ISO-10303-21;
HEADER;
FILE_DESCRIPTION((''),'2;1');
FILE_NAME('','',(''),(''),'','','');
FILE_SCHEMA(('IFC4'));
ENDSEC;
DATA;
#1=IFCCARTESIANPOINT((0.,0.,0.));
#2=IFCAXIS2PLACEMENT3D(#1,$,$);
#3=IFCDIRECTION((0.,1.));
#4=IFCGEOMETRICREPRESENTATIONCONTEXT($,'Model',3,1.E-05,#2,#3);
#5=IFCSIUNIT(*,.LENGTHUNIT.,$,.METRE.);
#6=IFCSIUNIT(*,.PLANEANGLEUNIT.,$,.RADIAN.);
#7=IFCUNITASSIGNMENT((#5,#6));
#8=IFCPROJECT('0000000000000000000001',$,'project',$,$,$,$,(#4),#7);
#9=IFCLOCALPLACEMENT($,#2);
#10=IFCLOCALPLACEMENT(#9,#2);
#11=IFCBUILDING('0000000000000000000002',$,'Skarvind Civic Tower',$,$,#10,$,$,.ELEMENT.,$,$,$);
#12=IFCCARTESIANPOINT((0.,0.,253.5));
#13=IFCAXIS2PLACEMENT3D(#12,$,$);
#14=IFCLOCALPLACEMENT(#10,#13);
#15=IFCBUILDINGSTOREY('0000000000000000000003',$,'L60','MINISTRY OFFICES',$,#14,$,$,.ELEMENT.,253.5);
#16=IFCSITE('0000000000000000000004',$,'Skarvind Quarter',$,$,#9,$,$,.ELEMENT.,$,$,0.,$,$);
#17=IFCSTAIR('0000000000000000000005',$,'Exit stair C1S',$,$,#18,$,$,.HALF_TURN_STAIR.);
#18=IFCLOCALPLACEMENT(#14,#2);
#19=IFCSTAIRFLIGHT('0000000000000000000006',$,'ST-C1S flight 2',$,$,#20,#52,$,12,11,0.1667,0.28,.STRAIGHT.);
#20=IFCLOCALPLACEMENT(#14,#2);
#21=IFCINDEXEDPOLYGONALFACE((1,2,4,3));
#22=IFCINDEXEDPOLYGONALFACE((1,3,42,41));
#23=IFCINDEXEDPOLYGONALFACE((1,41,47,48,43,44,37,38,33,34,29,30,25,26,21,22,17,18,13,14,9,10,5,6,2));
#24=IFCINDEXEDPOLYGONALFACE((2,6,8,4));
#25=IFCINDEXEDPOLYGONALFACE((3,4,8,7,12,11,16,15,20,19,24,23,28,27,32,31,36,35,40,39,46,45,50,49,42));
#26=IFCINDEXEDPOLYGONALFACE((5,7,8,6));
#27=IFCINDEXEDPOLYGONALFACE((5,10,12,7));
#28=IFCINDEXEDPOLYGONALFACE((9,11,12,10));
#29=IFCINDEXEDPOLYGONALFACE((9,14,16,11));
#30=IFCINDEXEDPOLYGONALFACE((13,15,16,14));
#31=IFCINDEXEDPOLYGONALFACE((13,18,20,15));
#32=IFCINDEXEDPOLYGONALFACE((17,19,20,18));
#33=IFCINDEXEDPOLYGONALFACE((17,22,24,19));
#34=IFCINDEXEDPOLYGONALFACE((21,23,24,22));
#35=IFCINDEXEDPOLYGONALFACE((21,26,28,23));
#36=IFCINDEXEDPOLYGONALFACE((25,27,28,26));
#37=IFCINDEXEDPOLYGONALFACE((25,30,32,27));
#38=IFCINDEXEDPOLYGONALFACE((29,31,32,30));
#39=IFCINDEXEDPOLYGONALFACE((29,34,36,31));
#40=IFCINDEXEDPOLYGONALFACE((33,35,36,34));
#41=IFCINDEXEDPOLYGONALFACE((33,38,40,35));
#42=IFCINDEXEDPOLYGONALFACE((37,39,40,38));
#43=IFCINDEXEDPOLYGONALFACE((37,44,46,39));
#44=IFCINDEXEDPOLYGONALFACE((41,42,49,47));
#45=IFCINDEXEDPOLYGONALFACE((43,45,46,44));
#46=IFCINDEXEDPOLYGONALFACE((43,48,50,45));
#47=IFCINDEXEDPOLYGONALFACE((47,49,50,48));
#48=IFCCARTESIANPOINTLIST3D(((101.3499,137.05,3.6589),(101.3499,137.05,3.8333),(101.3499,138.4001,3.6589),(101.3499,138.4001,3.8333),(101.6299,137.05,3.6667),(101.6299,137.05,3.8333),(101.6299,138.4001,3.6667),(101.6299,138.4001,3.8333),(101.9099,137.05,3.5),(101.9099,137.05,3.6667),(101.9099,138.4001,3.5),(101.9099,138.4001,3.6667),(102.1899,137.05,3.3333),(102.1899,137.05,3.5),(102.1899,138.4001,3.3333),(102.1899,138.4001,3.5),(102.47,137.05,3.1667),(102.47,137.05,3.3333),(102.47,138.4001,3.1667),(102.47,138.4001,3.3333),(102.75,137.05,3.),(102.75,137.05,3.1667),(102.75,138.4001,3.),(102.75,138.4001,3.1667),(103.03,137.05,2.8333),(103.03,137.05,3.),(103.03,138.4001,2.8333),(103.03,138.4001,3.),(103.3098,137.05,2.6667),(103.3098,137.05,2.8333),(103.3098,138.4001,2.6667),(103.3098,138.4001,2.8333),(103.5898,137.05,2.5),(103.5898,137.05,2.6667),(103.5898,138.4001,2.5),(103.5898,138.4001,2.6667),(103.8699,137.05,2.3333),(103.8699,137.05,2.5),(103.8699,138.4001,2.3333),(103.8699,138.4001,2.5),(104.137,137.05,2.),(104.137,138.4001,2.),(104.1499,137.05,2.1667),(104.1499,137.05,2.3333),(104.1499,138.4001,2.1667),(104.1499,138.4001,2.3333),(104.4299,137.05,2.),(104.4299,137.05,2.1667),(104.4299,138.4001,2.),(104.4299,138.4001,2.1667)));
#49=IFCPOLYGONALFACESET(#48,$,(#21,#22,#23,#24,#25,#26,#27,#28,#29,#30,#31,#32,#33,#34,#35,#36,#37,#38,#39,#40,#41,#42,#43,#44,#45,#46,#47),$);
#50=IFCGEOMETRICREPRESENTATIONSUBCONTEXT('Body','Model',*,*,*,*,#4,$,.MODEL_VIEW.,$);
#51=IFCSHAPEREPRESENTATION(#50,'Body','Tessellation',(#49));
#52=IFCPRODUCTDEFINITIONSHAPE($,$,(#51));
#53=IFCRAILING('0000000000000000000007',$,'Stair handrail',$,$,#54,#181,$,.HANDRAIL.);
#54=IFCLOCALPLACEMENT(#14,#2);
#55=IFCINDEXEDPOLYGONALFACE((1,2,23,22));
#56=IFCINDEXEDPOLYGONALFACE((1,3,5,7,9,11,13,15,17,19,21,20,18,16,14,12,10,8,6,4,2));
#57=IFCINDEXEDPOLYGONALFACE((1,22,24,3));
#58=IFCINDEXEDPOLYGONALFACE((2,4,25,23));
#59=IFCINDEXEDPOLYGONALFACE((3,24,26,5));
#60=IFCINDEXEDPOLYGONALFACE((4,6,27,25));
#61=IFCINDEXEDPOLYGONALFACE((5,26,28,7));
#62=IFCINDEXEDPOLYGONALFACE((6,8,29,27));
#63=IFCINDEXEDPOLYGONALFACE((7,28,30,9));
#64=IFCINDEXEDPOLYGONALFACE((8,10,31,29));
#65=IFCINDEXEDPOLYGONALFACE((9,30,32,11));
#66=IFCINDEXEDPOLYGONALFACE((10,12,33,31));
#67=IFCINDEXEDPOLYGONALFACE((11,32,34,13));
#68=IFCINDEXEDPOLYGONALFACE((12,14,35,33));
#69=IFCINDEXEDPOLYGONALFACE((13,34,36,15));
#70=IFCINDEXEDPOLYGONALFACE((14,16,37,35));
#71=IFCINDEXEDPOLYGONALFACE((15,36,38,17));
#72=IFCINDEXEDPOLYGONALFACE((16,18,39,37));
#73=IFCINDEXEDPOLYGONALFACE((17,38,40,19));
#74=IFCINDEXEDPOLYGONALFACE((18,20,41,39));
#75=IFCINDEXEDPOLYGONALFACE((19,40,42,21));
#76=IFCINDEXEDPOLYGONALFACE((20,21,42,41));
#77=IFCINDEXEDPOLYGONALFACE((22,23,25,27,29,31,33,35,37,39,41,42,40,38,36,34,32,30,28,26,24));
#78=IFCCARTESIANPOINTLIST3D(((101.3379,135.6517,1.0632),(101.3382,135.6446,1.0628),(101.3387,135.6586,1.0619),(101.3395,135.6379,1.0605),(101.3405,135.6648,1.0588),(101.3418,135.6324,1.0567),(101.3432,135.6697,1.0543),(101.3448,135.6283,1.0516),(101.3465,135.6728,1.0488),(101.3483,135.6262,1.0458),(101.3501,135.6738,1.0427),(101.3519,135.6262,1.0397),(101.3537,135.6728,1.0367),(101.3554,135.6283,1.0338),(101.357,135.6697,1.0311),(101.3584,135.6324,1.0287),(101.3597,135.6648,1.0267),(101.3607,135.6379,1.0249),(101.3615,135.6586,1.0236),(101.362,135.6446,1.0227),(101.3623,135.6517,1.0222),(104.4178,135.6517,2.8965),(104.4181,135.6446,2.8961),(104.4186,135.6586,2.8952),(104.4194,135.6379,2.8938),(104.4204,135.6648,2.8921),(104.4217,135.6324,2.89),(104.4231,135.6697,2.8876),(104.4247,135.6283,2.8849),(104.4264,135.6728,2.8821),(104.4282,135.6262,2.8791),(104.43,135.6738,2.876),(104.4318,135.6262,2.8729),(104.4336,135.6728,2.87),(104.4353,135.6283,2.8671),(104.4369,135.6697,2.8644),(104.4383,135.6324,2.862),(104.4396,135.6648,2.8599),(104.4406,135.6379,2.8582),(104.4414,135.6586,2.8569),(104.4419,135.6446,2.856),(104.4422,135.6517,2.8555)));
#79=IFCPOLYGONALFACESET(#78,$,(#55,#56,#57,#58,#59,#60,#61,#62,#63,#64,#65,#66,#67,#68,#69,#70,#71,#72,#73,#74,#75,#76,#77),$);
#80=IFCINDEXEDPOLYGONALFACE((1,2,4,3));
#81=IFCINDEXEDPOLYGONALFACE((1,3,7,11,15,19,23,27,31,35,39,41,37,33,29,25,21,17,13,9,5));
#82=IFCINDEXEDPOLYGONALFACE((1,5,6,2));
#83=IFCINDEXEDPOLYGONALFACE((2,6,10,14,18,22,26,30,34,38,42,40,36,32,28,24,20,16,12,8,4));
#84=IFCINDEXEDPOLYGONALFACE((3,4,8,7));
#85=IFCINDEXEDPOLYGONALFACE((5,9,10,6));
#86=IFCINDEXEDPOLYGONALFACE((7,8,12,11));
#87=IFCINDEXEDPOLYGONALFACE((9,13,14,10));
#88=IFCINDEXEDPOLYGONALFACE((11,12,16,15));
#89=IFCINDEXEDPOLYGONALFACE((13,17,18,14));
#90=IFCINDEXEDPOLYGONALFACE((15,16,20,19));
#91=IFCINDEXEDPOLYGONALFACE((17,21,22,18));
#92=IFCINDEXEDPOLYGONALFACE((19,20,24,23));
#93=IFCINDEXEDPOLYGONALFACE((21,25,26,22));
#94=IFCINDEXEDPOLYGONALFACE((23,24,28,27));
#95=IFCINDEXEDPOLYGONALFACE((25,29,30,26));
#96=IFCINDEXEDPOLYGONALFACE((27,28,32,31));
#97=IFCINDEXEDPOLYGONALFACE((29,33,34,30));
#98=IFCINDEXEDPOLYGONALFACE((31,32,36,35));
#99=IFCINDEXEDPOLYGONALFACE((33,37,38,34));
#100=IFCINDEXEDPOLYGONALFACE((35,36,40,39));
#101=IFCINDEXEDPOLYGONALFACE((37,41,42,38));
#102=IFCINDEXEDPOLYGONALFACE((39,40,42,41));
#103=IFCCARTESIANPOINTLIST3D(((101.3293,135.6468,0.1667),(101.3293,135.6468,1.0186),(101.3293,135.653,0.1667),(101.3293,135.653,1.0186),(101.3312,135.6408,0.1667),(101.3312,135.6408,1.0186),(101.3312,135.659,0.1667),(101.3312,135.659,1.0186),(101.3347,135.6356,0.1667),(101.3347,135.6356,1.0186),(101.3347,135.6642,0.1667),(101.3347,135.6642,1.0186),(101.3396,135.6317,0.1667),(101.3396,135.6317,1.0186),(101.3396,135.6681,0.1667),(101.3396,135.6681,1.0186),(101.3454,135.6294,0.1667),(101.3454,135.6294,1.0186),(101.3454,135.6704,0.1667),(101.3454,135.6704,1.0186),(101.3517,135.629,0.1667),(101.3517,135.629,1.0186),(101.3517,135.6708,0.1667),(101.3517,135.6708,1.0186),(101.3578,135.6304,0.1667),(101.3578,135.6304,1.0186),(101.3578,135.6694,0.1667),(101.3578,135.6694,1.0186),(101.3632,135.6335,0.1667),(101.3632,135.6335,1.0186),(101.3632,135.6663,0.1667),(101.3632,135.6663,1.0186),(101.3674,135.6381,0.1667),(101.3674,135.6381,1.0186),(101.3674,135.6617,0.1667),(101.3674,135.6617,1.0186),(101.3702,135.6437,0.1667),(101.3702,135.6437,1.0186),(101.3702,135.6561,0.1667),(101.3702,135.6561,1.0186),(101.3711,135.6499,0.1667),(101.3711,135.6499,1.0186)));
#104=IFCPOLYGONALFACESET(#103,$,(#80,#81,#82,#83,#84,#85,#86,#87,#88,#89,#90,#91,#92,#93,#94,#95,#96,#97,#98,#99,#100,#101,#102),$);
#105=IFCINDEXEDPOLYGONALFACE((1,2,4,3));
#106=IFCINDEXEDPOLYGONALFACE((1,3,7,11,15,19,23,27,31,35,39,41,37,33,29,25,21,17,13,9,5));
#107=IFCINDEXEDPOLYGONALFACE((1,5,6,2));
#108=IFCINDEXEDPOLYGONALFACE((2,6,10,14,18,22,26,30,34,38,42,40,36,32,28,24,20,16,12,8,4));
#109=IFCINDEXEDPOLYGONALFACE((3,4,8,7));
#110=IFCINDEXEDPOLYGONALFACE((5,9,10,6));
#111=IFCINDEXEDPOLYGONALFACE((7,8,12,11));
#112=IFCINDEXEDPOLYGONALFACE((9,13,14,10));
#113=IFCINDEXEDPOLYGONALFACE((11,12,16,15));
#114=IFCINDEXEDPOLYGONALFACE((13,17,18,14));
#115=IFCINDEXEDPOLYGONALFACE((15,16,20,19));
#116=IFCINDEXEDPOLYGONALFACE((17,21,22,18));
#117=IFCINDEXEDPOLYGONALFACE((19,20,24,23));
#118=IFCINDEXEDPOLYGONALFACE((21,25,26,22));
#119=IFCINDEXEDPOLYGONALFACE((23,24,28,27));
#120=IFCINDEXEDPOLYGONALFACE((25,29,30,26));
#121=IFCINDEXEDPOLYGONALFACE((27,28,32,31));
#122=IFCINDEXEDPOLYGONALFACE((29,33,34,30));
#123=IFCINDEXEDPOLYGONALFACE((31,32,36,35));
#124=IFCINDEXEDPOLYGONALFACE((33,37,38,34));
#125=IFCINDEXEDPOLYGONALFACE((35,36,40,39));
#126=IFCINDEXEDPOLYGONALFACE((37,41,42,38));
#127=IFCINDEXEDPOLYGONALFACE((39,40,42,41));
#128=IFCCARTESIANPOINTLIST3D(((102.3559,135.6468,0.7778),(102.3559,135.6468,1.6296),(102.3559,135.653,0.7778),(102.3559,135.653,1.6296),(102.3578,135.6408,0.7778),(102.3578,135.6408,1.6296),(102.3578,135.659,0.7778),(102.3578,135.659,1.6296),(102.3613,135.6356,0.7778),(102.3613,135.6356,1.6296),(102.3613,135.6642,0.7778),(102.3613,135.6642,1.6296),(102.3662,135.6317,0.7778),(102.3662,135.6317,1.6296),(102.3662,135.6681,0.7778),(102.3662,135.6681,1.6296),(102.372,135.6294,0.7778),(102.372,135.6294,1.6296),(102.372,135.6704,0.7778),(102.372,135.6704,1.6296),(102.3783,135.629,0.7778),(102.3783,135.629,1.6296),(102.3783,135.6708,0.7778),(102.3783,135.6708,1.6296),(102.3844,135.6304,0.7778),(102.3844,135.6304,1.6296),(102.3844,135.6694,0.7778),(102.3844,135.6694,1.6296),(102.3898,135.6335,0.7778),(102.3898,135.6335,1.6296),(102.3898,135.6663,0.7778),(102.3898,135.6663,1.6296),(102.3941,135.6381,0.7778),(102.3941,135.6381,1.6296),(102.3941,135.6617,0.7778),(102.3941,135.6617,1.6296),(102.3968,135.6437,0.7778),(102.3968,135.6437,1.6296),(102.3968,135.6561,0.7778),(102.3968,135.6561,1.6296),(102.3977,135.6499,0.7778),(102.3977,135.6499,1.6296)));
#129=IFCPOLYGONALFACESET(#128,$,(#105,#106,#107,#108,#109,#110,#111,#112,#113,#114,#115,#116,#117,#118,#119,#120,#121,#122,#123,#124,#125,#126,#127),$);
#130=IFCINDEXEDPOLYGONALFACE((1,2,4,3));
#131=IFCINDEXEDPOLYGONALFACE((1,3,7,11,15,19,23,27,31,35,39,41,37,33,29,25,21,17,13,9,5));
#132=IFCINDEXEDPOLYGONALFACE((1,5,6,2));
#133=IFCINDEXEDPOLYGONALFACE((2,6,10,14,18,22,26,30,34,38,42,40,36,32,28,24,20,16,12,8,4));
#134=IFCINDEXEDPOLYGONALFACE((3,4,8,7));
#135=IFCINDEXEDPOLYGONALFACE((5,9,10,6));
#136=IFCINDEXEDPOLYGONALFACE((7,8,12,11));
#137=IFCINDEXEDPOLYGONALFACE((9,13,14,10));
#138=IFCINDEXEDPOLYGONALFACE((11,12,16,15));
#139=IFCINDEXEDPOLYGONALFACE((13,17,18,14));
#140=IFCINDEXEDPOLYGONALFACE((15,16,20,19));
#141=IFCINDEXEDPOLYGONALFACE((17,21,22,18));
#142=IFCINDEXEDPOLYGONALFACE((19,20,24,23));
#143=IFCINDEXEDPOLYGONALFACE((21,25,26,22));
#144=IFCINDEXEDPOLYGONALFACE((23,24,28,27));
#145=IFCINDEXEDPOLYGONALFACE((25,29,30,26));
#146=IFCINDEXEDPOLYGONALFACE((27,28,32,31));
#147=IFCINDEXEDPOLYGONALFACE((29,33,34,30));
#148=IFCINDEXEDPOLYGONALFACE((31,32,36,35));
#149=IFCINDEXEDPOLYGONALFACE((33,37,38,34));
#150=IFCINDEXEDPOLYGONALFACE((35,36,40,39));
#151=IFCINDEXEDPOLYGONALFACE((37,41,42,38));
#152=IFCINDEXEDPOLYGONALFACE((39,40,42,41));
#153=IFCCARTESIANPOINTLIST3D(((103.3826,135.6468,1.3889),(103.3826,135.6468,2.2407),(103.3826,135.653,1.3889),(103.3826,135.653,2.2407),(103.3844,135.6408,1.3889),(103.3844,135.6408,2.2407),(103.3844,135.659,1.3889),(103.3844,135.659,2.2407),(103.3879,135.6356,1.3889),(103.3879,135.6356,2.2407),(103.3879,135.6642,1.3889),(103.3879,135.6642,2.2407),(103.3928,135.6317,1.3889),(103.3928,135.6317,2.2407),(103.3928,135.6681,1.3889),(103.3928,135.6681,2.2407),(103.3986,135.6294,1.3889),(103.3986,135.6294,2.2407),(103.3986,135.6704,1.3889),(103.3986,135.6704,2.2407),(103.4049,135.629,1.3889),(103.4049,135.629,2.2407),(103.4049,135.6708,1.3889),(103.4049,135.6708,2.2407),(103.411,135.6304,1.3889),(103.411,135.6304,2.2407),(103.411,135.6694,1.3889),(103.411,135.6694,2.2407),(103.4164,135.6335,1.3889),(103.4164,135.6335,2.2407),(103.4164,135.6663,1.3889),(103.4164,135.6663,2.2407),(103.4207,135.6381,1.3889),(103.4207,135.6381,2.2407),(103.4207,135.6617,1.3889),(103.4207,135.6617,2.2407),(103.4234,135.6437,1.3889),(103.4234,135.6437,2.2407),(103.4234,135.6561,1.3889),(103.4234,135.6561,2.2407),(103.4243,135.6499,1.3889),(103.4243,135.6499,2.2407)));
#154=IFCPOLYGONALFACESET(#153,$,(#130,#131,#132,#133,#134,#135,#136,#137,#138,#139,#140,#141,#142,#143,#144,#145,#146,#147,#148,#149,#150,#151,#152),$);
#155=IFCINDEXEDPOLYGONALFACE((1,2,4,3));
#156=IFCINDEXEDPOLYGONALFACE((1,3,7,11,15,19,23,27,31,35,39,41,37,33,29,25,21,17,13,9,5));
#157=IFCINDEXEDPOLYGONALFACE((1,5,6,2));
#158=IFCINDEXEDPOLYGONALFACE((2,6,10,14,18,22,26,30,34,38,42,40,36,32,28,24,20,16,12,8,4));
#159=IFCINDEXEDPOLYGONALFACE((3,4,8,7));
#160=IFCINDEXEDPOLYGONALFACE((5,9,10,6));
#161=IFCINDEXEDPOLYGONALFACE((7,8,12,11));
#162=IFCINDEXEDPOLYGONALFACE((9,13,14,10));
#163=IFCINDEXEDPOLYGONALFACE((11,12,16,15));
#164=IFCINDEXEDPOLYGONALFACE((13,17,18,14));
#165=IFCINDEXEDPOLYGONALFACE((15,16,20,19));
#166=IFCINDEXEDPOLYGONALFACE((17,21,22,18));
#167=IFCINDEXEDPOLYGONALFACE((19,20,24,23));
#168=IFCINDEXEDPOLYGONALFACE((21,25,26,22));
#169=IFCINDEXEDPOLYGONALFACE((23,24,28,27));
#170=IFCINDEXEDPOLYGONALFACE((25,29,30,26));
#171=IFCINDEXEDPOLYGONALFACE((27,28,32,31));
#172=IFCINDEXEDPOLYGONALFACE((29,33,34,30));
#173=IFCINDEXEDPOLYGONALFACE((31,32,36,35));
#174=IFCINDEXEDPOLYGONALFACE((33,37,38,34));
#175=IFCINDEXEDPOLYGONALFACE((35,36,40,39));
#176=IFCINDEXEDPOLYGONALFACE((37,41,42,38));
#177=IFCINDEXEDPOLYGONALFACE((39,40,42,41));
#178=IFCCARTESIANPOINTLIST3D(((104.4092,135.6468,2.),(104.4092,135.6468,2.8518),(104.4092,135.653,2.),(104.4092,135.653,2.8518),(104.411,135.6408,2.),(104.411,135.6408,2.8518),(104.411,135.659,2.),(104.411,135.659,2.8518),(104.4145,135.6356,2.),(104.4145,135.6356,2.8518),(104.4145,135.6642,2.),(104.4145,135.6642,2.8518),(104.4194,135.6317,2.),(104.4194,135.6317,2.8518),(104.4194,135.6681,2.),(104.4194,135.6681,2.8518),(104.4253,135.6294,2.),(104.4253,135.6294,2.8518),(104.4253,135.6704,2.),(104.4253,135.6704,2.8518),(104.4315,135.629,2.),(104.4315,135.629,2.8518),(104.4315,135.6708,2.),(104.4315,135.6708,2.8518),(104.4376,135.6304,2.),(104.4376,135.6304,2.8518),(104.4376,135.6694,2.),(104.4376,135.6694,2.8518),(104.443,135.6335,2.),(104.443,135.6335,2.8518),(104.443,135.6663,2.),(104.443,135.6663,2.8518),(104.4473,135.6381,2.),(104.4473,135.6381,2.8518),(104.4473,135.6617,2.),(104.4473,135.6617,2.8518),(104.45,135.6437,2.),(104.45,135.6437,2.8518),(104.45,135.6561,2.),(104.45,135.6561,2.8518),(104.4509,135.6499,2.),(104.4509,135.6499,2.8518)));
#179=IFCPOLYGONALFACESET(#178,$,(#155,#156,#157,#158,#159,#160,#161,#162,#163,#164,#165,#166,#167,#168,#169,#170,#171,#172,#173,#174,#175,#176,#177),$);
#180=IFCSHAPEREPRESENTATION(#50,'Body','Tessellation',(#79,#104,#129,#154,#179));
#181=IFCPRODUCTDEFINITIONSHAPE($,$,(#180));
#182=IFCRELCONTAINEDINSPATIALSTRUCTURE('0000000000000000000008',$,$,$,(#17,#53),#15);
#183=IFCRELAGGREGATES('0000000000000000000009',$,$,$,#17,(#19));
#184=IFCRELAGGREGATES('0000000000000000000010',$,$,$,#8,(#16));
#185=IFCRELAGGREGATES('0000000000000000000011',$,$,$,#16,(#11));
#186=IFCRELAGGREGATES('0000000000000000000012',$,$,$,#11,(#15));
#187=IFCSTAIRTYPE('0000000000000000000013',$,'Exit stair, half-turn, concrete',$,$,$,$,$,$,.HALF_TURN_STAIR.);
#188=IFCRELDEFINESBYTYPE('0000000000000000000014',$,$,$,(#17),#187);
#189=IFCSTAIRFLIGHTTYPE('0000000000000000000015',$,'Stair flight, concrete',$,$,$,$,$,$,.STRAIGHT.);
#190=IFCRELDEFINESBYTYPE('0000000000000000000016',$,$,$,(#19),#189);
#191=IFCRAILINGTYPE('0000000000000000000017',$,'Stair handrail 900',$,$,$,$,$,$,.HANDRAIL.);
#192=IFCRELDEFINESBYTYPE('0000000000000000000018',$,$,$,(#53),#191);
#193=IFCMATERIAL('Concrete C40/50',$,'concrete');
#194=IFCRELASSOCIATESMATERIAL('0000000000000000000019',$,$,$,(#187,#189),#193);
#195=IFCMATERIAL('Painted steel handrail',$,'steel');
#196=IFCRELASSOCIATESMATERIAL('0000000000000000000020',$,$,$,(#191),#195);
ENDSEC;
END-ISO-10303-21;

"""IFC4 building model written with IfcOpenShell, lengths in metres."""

from ifc_helpers import new_model, si_unit, direction, frame, origin, origin_2d, place, context, subcontext, project, spatial, polyline, circle, outline, extrude, material, type_object, element, aggregate, save


model = new_model("IFC4")

# Units and contexts
model_context = context("Model", 3, precision=1e-05, world=origin(), true_north=direction((0.0, 1.0)))
body_context = subcontext(model_context, "Body", "Model", "MODEL_VIEW")
ifc_project = project(units=[si_unit("LENGTHUNIT", "METRE"), si_unit("PLANEANGLEUNIT", "RADIAN")], contexts=[model_context])

# Site, building, storey
site_placement = place(None, origin())
site = spatial("IfcSite", under=ifc_project, at=site_placement, Name="Skarvind Quarter", CompositionType="ELEMENT", RefElevation=0.0)
building_placement = place(site_placement, origin())
building = spatial("IfcBuilding", under=site, at=building_placement, Name="Skarvind Civic Tower", CompositionType="ELEMENT")
storey_placement = place(building_placement, frame((0.0, 0.0, 253.5)))
storey = spatial("IfcBuildingStorey", under=building, at=storey_placement, Name="L60", Description="MINISTRY OFFICES", CompositionType="ELEMENT", Elevation=253.5)

# Stair, stair flight
ifc_material_1 = material(Name="Concrete C40/50", Category="concrete")
stair_type = type_object("IfcStairType", Name="Exit stair, half-turn, concrete", PredefinedType="HALF_TURN_STAIR", material=ifc_material_1)
stair_placement = place(storey_placement, origin())
stair = element("IfcStair", 1, at=stair_placement, inside=storey, type_object=stair_type, Name="Exit stair C1S", PredefinedType="HALF_TURN_STAIR")
stair_flight_type = type_object("IfcStairFlightType", Name="Stair flight, concrete", PredefinedType="STRAIGHT", material=ifc_material_1)
stair_flight_1_placement = place(storey_placement, frame((104.4299, 137.7251, 2.0), z_axis=(0.0, 0.0, 1.0), x_axis=(-1.0, 0.0, 0.0)))
stair_flight_1 = element("IfcStairFlight", 2, at=stair_flight_1_placement, type_object=stair_flight_type, Name="ST-C1S flight 2", NumberOfRisers=12, NumberOfTreads=11, PredefinedType="STRAIGHT", RiserHeight=0.1667, TreadLength=0.28, context=body_context, shape_type="SweptSolid", body=[
    extrude(outline(polyline([(0.0, 0.0), (0.0, 0.1667), (0.28, 0.1667), (0.28, 0.3333), (0.5601, 0.3333), (0.5601, 0.5), (0.8401, 0.5), (0.8401, 0.6667), (1.1201, 0.6667), (1.1201, 0.8333), (1.3999, 0.8333), (1.3999, 1.0), (1.6799, 1.0), (1.6799, 1.1667), (1.96, 1.1667), (1.96, 1.3333), (2.24, 1.3333), (2.24, 1.5), (2.52, 1.5), (2.52, 1.6667), (2.8, 1.6667), (2.8, 1.8333), (3.0801, 1.8333), (3.0801, 2.0), (3.0801, 1.6589), (0.293, 0.0), (0.0, 0.0)])), frame((0.0, 0.675, 0.0), z_axis=(0.0, -1.0, 0.0), x_axis=(1.0, 0.0, 0.0)), (0.0, 0.0, 1.0), 1.3501),
])
aggregate(stair, [stair_flight_1])

# Railing
ifc_material_2 = material(Name="Painted steel handrail", Category="steel")
railing_type = type_object("IfcRailingType", Name="Stair handrail 900", PredefinedType="HANDRAIL", material=ifc_material_2)
railing_1_placement = place(storey_placement, frame((101.3501, 135.6499, 0.1667)))
element("IfcRailing", 3, at=railing_1_placement, inside=storey, type_object=railing_type, Name="Stair handrail", PredefinedType="HANDRAIL", context=body_context, shape_type="SweptSolid", body=[
    extrude(circle(Radius=0.0239, at=origin_2d()), frame((0.0, 0.0, 0.876), z_axis=(0.859291, 0.0, 0.511487), x_axis=(0.0, 1.0, 0.0)), (0.0, 0.0, 1.0), 3.5842),
    extrude(circle(Radius=0.021, at=origin_2d()), origin(), (0.0, 0.0, 1.0), 0.8518),
    extrude(circle(Radius=0.021, at=origin_2d()), frame((1.0266, 0.0, 0.6111)), (0.0, 0.0, 1.0), 0.8518),
    extrude(circle(Radius=0.021, at=origin_2d()), frame((2.0532, 0.0, 1.2222)), (0.0, 0.0, 1.0), 0.8518),
    extrude(circle(Radius=0.021, at=origin_2d()), frame((3.0798, 0.0, 1.8333)), (0.0, 0.0, 1.0), 0.8518),
])

save(model, "model.ifc")
